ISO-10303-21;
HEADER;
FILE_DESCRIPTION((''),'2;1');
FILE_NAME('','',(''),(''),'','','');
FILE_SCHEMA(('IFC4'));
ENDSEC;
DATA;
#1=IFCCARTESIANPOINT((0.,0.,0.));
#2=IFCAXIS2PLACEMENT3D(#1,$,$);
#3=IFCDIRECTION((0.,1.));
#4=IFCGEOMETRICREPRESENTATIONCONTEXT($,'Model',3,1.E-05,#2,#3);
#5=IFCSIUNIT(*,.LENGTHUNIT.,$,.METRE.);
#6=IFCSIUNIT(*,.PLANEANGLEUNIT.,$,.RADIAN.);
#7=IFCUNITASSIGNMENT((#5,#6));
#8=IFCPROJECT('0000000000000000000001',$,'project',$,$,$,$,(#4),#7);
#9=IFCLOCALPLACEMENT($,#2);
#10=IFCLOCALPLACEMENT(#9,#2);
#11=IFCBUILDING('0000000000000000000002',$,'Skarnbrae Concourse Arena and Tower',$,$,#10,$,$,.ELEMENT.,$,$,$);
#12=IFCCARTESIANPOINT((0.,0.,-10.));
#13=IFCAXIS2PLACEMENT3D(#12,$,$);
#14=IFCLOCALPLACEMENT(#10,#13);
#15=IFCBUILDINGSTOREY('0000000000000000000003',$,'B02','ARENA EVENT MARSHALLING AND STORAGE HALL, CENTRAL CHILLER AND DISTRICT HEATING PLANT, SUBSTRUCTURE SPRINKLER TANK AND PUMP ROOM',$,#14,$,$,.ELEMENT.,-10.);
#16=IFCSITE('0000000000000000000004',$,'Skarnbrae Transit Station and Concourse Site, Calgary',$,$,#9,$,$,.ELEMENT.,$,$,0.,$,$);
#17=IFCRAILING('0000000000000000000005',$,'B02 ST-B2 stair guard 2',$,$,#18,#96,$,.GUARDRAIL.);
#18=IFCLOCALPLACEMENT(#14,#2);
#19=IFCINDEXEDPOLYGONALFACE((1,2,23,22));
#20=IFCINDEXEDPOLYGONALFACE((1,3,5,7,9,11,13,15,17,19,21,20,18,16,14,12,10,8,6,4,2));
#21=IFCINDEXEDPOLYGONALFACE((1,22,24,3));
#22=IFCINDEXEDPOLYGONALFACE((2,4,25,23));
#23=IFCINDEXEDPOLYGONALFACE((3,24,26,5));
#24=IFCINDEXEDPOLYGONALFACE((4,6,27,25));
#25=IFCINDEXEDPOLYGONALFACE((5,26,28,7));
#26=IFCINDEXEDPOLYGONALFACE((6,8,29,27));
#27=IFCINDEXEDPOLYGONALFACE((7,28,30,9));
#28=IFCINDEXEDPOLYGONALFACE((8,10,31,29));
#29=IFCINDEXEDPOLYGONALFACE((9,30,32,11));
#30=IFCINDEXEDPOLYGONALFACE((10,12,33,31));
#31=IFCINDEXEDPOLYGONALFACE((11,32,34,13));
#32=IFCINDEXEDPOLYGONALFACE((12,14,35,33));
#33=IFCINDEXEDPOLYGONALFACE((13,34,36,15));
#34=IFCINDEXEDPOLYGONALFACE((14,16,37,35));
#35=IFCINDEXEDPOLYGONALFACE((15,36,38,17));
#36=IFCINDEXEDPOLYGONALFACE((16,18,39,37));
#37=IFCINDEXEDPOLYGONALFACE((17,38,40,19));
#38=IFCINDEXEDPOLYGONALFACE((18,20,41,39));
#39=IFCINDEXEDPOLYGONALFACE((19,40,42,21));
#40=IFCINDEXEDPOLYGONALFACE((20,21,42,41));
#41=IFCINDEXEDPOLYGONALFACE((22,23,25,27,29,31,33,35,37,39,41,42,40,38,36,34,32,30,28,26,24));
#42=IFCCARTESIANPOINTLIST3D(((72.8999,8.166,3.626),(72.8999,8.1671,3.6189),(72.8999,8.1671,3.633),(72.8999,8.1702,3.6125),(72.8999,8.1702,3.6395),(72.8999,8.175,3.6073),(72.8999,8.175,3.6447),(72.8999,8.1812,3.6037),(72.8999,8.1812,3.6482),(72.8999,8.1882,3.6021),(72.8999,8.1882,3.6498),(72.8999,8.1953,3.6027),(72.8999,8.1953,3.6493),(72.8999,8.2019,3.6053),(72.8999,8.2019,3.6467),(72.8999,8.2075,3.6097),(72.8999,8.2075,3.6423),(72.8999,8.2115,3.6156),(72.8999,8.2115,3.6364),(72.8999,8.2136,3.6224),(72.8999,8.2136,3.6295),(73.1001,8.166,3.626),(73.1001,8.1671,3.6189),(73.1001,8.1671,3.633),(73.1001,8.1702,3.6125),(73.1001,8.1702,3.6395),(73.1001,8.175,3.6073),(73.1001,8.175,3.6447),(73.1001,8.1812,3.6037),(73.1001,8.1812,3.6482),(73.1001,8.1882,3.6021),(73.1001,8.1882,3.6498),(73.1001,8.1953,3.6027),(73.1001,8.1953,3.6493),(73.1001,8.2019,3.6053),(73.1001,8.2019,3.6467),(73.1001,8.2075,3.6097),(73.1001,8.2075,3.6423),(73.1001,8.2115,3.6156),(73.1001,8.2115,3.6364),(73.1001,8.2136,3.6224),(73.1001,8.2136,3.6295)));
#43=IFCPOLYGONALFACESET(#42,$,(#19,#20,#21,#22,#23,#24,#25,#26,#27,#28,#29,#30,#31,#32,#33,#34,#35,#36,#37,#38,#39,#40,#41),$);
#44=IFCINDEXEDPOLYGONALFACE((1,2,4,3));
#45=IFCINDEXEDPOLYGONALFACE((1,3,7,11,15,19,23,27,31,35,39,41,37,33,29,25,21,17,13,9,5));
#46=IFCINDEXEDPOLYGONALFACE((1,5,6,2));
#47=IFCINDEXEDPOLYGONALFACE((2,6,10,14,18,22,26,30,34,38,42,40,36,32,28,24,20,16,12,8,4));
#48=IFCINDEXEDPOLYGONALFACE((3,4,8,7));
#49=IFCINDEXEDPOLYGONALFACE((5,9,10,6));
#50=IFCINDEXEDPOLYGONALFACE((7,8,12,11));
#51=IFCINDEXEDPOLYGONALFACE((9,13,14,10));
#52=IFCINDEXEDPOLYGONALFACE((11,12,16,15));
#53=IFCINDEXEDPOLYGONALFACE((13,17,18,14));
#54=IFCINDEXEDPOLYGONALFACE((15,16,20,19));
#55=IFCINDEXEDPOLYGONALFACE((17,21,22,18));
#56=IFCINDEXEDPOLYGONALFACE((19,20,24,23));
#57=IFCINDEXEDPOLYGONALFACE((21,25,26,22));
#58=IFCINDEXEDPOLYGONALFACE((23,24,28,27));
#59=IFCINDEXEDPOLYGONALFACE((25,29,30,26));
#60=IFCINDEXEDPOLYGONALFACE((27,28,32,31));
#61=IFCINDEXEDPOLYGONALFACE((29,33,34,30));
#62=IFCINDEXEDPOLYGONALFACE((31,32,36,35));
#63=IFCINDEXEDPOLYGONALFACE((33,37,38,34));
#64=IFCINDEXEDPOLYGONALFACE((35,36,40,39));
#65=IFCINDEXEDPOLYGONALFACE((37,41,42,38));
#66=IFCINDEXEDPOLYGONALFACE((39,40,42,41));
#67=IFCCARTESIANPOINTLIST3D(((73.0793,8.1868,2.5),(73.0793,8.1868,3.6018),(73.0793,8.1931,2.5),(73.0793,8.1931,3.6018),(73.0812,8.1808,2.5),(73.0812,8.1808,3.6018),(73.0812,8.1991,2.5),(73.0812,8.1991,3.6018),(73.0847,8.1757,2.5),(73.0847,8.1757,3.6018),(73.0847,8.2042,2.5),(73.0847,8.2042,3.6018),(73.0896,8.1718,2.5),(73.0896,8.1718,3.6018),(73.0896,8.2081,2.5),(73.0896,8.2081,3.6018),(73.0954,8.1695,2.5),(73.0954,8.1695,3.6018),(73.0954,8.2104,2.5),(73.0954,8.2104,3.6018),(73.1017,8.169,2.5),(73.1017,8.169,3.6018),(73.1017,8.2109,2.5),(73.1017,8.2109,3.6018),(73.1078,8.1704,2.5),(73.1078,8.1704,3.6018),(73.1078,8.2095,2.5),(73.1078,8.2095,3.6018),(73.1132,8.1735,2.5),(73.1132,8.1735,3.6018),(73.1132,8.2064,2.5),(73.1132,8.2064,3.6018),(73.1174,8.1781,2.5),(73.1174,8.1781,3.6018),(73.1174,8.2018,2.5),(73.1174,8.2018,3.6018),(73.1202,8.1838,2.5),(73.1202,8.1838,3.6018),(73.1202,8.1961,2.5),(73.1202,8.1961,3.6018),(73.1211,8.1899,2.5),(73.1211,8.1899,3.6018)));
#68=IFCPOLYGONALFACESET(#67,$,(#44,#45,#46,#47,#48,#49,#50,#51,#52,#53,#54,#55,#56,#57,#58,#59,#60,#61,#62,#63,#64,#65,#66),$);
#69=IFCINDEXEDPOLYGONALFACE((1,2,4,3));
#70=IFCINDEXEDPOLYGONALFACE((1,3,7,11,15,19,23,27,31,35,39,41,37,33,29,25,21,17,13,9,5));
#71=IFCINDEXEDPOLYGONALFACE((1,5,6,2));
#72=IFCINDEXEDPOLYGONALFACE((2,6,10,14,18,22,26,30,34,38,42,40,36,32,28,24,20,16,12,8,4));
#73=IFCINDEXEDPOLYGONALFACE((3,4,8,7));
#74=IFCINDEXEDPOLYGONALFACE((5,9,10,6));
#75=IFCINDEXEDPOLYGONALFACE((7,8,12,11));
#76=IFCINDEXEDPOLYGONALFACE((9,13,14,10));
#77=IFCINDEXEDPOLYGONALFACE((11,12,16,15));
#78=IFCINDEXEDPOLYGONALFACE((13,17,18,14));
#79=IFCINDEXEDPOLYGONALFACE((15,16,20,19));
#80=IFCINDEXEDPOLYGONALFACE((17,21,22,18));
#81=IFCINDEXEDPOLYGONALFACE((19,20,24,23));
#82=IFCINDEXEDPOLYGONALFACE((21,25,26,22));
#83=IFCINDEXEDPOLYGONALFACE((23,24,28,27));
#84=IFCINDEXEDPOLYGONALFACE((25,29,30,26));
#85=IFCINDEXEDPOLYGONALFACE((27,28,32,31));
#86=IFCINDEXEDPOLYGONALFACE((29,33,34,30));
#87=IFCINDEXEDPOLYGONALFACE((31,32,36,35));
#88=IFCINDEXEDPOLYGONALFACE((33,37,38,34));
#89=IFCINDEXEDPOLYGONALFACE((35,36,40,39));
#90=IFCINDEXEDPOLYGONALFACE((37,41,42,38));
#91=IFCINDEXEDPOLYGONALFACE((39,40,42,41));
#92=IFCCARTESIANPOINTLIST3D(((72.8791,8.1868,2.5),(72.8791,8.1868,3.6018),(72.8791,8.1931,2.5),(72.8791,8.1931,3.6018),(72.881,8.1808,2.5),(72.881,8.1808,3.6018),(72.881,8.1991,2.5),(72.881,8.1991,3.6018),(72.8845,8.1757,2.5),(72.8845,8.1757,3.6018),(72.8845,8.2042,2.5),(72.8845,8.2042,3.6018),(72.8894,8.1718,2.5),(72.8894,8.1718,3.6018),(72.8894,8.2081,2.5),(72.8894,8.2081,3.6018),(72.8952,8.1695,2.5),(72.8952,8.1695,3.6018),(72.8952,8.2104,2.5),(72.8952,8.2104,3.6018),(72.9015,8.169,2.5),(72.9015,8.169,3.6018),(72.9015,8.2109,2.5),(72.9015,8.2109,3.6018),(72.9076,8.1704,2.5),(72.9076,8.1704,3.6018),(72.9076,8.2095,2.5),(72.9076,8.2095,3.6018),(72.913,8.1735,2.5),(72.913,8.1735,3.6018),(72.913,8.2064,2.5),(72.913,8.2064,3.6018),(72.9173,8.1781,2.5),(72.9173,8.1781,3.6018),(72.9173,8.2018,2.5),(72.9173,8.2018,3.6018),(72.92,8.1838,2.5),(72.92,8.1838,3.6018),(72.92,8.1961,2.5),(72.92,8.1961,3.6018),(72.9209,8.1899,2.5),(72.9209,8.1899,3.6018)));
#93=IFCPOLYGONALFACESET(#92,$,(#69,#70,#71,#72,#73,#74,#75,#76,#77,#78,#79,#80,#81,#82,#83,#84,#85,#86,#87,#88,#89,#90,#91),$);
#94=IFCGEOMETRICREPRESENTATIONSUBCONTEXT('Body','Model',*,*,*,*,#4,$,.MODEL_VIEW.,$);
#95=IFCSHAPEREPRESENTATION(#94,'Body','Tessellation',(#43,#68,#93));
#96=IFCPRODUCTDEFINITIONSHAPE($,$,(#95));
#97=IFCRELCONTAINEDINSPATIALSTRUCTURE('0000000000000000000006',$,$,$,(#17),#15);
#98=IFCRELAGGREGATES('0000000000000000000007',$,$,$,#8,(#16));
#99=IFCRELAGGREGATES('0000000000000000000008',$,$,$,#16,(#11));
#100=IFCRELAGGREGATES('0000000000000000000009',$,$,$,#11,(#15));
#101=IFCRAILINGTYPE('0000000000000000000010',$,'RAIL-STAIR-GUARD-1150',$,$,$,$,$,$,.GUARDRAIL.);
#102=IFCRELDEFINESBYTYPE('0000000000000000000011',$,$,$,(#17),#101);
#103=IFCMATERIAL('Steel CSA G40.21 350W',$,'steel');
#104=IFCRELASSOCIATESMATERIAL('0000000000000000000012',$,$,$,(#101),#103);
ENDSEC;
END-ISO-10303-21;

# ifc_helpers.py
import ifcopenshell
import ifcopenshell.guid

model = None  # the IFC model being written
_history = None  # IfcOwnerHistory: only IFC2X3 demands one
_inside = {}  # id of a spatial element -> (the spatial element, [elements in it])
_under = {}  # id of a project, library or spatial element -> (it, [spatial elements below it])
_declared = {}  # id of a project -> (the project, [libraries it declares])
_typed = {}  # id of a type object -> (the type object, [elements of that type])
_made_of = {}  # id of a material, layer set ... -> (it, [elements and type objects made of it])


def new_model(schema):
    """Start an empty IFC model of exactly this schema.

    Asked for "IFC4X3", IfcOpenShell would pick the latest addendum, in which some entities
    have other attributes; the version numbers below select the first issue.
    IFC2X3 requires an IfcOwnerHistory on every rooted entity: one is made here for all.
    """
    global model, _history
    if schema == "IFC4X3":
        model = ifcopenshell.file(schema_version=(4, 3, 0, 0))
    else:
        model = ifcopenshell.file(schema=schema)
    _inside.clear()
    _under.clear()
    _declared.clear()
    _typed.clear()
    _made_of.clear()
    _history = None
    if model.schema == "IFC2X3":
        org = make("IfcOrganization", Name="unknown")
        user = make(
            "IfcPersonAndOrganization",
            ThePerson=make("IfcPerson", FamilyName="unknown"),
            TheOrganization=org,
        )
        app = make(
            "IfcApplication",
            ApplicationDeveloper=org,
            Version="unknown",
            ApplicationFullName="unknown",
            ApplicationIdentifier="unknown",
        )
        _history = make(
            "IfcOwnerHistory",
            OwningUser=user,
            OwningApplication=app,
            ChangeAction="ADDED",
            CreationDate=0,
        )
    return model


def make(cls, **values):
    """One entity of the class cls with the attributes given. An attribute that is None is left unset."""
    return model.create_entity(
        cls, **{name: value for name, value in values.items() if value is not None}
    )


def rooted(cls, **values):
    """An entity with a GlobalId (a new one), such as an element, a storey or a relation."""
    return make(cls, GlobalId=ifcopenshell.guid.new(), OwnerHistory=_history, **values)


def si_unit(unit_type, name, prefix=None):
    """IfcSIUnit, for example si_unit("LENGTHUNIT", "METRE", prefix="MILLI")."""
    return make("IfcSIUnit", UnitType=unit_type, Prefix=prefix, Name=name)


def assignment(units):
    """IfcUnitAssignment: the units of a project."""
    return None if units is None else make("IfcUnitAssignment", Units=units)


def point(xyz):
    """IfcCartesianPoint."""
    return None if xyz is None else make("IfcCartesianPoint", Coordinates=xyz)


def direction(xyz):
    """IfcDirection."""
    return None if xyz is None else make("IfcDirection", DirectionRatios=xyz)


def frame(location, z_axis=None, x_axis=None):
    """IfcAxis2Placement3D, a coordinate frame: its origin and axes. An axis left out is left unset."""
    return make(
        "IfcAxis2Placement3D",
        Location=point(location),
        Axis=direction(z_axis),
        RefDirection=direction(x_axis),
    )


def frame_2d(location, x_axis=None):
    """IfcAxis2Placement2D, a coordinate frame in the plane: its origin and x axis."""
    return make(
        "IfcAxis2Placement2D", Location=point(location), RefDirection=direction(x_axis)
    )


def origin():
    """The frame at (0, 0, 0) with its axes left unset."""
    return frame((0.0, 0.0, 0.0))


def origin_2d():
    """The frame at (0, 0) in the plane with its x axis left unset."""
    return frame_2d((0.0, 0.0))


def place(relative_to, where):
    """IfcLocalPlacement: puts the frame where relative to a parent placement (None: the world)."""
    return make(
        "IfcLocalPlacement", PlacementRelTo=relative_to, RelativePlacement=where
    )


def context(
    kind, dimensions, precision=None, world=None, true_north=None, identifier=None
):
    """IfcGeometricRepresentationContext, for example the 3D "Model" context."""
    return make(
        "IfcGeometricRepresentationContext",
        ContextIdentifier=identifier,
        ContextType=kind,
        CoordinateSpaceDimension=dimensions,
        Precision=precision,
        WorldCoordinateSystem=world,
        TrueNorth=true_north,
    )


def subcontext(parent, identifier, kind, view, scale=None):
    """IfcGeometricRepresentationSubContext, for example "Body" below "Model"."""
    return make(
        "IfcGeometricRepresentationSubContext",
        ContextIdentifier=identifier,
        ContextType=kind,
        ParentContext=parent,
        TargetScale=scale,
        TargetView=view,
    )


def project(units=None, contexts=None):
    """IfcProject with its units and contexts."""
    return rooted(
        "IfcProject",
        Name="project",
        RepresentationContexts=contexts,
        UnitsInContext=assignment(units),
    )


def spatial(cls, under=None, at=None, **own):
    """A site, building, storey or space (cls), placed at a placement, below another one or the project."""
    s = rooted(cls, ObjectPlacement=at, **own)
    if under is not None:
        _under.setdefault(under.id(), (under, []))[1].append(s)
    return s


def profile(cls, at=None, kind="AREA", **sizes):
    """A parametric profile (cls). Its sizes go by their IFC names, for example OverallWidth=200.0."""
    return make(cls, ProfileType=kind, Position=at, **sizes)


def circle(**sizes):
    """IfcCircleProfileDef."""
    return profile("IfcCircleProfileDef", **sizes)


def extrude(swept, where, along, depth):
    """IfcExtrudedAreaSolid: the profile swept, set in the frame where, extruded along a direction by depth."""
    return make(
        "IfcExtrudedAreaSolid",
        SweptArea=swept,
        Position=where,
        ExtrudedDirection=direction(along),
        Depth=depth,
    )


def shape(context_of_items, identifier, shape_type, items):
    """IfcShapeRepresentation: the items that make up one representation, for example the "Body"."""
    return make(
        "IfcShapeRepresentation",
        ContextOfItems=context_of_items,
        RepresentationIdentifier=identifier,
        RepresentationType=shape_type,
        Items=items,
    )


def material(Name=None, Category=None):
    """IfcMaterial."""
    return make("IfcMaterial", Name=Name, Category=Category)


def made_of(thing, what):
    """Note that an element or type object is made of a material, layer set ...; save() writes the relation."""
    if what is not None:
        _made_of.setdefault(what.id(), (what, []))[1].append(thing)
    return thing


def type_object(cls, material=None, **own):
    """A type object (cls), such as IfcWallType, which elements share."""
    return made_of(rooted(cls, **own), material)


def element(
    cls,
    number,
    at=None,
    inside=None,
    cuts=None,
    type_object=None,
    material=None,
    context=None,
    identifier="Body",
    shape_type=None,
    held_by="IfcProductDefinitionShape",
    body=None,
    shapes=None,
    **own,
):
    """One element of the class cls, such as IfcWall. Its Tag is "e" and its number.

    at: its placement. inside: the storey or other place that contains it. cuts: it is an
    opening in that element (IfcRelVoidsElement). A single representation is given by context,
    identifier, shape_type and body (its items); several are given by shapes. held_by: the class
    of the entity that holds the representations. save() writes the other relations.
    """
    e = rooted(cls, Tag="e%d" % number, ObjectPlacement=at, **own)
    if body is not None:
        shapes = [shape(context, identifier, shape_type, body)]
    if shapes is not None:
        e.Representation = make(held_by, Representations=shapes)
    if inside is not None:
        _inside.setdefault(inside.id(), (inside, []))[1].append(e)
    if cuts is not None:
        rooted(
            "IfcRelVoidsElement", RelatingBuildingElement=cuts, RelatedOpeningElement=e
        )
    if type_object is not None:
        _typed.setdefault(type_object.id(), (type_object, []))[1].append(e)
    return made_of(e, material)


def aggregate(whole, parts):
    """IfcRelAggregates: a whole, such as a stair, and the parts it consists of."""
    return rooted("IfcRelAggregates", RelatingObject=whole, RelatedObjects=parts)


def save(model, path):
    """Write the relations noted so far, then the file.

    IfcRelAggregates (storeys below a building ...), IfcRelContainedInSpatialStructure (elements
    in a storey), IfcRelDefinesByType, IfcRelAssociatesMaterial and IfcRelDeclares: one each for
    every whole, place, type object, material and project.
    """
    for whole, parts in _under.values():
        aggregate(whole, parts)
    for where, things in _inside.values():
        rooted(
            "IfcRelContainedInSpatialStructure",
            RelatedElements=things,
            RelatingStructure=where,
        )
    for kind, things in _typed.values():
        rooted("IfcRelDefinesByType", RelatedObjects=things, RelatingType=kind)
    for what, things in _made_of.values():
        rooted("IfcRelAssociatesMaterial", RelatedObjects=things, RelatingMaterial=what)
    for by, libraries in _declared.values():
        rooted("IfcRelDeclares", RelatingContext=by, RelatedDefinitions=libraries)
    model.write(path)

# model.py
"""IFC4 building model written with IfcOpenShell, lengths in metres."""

from ifc_helpers import new_model, si_unit, direction, frame, origin, origin_2d, place, context, subcontext, project, spatial, circle, extrude, material, type_object, element, save


model = new_model("IFC4")

# Units and contexts
model_context = context("Model", 3, precision=1e-05, world=origin(), true_north=direction((0.0, 1.0)))
body_context = subcontext(model_context, "Body", "Model", "MODEL_VIEW")
ifc_project = project(units=[si_unit("LENGTHUNIT", "METRE"), si_unit("PLANEANGLEUNIT", "RADIAN")], contexts=[model_context])

# Site, building, storey
site_placement = place(None, origin())
site = spatial("IfcSite", under=ifc_project, at=site_placement, Name="Skarnbrae Transit Station and Concourse Site, Calgary", CompositionType="ELEMENT", RefElevation=0.0)
building_placement = place(site_placement, origin())
building = spatial("IfcBuilding", under=site, at=building_placement, Name="Skarnbrae Concourse Arena and Tower", CompositionType="ELEMENT")
storey_placement = place(building_placement, frame((0.0, 0.0, -10.0)))
storey = spatial("IfcBuildingStorey", under=building, at=storey_placement, Name="B02", Description="ARENA EVENT MARSHALLING AND STORAGE HALL, CENTRAL CHILLER AND DISTRICT HEATING PLANT, SUBSTRUCTURE SPRINKLER TANK AND PUMP ROOM", CompositionType="ELEMENT", Elevation=-10.0)

# Shared definitions
ifc_material_1 = material(Name="Steel CSA G40.21 350W", Category="steel")

# Railing
railing_type_1 = type_object("IfcRailingType", Name="RAIL-STAIR-GUARD-1150", PredefinedType="GUARDRAIL", material=ifc_material_1)
railing_1_placement = place(storey_placement, frame((73.1001, 8.1899, 2.5)))
element("IfcRailing", 1, at=railing_1_placement, inside=storey, type_object=railing_type_1, Name="B02 ST-B2 stair guard 2", PredefinedType="GUARDRAIL", context=body_context, shape_type="SweptSolid", body=[
    extrude(circle(Radius=0.0239, at=origin_2d()), frame((0.0, 0.0, 1.126), z_axis=(-1.0, 0.0, 0.0), x_axis=(0.0, -1.0, 0.0)), (0.0, 0.0, 1.0), 0.2002),
    extrude(circle(Radius=0.021, at=origin_2d()), origin(), (0.0, 0.0, 1.0), 1.1018),
    extrude(circle(Radius=0.021, at=origin_2d()), frame((-0.2002, 0.0, 0.0)), (0.0, 0.0, 1.0), 1.1018),
])

save(model, "model.ifc")
